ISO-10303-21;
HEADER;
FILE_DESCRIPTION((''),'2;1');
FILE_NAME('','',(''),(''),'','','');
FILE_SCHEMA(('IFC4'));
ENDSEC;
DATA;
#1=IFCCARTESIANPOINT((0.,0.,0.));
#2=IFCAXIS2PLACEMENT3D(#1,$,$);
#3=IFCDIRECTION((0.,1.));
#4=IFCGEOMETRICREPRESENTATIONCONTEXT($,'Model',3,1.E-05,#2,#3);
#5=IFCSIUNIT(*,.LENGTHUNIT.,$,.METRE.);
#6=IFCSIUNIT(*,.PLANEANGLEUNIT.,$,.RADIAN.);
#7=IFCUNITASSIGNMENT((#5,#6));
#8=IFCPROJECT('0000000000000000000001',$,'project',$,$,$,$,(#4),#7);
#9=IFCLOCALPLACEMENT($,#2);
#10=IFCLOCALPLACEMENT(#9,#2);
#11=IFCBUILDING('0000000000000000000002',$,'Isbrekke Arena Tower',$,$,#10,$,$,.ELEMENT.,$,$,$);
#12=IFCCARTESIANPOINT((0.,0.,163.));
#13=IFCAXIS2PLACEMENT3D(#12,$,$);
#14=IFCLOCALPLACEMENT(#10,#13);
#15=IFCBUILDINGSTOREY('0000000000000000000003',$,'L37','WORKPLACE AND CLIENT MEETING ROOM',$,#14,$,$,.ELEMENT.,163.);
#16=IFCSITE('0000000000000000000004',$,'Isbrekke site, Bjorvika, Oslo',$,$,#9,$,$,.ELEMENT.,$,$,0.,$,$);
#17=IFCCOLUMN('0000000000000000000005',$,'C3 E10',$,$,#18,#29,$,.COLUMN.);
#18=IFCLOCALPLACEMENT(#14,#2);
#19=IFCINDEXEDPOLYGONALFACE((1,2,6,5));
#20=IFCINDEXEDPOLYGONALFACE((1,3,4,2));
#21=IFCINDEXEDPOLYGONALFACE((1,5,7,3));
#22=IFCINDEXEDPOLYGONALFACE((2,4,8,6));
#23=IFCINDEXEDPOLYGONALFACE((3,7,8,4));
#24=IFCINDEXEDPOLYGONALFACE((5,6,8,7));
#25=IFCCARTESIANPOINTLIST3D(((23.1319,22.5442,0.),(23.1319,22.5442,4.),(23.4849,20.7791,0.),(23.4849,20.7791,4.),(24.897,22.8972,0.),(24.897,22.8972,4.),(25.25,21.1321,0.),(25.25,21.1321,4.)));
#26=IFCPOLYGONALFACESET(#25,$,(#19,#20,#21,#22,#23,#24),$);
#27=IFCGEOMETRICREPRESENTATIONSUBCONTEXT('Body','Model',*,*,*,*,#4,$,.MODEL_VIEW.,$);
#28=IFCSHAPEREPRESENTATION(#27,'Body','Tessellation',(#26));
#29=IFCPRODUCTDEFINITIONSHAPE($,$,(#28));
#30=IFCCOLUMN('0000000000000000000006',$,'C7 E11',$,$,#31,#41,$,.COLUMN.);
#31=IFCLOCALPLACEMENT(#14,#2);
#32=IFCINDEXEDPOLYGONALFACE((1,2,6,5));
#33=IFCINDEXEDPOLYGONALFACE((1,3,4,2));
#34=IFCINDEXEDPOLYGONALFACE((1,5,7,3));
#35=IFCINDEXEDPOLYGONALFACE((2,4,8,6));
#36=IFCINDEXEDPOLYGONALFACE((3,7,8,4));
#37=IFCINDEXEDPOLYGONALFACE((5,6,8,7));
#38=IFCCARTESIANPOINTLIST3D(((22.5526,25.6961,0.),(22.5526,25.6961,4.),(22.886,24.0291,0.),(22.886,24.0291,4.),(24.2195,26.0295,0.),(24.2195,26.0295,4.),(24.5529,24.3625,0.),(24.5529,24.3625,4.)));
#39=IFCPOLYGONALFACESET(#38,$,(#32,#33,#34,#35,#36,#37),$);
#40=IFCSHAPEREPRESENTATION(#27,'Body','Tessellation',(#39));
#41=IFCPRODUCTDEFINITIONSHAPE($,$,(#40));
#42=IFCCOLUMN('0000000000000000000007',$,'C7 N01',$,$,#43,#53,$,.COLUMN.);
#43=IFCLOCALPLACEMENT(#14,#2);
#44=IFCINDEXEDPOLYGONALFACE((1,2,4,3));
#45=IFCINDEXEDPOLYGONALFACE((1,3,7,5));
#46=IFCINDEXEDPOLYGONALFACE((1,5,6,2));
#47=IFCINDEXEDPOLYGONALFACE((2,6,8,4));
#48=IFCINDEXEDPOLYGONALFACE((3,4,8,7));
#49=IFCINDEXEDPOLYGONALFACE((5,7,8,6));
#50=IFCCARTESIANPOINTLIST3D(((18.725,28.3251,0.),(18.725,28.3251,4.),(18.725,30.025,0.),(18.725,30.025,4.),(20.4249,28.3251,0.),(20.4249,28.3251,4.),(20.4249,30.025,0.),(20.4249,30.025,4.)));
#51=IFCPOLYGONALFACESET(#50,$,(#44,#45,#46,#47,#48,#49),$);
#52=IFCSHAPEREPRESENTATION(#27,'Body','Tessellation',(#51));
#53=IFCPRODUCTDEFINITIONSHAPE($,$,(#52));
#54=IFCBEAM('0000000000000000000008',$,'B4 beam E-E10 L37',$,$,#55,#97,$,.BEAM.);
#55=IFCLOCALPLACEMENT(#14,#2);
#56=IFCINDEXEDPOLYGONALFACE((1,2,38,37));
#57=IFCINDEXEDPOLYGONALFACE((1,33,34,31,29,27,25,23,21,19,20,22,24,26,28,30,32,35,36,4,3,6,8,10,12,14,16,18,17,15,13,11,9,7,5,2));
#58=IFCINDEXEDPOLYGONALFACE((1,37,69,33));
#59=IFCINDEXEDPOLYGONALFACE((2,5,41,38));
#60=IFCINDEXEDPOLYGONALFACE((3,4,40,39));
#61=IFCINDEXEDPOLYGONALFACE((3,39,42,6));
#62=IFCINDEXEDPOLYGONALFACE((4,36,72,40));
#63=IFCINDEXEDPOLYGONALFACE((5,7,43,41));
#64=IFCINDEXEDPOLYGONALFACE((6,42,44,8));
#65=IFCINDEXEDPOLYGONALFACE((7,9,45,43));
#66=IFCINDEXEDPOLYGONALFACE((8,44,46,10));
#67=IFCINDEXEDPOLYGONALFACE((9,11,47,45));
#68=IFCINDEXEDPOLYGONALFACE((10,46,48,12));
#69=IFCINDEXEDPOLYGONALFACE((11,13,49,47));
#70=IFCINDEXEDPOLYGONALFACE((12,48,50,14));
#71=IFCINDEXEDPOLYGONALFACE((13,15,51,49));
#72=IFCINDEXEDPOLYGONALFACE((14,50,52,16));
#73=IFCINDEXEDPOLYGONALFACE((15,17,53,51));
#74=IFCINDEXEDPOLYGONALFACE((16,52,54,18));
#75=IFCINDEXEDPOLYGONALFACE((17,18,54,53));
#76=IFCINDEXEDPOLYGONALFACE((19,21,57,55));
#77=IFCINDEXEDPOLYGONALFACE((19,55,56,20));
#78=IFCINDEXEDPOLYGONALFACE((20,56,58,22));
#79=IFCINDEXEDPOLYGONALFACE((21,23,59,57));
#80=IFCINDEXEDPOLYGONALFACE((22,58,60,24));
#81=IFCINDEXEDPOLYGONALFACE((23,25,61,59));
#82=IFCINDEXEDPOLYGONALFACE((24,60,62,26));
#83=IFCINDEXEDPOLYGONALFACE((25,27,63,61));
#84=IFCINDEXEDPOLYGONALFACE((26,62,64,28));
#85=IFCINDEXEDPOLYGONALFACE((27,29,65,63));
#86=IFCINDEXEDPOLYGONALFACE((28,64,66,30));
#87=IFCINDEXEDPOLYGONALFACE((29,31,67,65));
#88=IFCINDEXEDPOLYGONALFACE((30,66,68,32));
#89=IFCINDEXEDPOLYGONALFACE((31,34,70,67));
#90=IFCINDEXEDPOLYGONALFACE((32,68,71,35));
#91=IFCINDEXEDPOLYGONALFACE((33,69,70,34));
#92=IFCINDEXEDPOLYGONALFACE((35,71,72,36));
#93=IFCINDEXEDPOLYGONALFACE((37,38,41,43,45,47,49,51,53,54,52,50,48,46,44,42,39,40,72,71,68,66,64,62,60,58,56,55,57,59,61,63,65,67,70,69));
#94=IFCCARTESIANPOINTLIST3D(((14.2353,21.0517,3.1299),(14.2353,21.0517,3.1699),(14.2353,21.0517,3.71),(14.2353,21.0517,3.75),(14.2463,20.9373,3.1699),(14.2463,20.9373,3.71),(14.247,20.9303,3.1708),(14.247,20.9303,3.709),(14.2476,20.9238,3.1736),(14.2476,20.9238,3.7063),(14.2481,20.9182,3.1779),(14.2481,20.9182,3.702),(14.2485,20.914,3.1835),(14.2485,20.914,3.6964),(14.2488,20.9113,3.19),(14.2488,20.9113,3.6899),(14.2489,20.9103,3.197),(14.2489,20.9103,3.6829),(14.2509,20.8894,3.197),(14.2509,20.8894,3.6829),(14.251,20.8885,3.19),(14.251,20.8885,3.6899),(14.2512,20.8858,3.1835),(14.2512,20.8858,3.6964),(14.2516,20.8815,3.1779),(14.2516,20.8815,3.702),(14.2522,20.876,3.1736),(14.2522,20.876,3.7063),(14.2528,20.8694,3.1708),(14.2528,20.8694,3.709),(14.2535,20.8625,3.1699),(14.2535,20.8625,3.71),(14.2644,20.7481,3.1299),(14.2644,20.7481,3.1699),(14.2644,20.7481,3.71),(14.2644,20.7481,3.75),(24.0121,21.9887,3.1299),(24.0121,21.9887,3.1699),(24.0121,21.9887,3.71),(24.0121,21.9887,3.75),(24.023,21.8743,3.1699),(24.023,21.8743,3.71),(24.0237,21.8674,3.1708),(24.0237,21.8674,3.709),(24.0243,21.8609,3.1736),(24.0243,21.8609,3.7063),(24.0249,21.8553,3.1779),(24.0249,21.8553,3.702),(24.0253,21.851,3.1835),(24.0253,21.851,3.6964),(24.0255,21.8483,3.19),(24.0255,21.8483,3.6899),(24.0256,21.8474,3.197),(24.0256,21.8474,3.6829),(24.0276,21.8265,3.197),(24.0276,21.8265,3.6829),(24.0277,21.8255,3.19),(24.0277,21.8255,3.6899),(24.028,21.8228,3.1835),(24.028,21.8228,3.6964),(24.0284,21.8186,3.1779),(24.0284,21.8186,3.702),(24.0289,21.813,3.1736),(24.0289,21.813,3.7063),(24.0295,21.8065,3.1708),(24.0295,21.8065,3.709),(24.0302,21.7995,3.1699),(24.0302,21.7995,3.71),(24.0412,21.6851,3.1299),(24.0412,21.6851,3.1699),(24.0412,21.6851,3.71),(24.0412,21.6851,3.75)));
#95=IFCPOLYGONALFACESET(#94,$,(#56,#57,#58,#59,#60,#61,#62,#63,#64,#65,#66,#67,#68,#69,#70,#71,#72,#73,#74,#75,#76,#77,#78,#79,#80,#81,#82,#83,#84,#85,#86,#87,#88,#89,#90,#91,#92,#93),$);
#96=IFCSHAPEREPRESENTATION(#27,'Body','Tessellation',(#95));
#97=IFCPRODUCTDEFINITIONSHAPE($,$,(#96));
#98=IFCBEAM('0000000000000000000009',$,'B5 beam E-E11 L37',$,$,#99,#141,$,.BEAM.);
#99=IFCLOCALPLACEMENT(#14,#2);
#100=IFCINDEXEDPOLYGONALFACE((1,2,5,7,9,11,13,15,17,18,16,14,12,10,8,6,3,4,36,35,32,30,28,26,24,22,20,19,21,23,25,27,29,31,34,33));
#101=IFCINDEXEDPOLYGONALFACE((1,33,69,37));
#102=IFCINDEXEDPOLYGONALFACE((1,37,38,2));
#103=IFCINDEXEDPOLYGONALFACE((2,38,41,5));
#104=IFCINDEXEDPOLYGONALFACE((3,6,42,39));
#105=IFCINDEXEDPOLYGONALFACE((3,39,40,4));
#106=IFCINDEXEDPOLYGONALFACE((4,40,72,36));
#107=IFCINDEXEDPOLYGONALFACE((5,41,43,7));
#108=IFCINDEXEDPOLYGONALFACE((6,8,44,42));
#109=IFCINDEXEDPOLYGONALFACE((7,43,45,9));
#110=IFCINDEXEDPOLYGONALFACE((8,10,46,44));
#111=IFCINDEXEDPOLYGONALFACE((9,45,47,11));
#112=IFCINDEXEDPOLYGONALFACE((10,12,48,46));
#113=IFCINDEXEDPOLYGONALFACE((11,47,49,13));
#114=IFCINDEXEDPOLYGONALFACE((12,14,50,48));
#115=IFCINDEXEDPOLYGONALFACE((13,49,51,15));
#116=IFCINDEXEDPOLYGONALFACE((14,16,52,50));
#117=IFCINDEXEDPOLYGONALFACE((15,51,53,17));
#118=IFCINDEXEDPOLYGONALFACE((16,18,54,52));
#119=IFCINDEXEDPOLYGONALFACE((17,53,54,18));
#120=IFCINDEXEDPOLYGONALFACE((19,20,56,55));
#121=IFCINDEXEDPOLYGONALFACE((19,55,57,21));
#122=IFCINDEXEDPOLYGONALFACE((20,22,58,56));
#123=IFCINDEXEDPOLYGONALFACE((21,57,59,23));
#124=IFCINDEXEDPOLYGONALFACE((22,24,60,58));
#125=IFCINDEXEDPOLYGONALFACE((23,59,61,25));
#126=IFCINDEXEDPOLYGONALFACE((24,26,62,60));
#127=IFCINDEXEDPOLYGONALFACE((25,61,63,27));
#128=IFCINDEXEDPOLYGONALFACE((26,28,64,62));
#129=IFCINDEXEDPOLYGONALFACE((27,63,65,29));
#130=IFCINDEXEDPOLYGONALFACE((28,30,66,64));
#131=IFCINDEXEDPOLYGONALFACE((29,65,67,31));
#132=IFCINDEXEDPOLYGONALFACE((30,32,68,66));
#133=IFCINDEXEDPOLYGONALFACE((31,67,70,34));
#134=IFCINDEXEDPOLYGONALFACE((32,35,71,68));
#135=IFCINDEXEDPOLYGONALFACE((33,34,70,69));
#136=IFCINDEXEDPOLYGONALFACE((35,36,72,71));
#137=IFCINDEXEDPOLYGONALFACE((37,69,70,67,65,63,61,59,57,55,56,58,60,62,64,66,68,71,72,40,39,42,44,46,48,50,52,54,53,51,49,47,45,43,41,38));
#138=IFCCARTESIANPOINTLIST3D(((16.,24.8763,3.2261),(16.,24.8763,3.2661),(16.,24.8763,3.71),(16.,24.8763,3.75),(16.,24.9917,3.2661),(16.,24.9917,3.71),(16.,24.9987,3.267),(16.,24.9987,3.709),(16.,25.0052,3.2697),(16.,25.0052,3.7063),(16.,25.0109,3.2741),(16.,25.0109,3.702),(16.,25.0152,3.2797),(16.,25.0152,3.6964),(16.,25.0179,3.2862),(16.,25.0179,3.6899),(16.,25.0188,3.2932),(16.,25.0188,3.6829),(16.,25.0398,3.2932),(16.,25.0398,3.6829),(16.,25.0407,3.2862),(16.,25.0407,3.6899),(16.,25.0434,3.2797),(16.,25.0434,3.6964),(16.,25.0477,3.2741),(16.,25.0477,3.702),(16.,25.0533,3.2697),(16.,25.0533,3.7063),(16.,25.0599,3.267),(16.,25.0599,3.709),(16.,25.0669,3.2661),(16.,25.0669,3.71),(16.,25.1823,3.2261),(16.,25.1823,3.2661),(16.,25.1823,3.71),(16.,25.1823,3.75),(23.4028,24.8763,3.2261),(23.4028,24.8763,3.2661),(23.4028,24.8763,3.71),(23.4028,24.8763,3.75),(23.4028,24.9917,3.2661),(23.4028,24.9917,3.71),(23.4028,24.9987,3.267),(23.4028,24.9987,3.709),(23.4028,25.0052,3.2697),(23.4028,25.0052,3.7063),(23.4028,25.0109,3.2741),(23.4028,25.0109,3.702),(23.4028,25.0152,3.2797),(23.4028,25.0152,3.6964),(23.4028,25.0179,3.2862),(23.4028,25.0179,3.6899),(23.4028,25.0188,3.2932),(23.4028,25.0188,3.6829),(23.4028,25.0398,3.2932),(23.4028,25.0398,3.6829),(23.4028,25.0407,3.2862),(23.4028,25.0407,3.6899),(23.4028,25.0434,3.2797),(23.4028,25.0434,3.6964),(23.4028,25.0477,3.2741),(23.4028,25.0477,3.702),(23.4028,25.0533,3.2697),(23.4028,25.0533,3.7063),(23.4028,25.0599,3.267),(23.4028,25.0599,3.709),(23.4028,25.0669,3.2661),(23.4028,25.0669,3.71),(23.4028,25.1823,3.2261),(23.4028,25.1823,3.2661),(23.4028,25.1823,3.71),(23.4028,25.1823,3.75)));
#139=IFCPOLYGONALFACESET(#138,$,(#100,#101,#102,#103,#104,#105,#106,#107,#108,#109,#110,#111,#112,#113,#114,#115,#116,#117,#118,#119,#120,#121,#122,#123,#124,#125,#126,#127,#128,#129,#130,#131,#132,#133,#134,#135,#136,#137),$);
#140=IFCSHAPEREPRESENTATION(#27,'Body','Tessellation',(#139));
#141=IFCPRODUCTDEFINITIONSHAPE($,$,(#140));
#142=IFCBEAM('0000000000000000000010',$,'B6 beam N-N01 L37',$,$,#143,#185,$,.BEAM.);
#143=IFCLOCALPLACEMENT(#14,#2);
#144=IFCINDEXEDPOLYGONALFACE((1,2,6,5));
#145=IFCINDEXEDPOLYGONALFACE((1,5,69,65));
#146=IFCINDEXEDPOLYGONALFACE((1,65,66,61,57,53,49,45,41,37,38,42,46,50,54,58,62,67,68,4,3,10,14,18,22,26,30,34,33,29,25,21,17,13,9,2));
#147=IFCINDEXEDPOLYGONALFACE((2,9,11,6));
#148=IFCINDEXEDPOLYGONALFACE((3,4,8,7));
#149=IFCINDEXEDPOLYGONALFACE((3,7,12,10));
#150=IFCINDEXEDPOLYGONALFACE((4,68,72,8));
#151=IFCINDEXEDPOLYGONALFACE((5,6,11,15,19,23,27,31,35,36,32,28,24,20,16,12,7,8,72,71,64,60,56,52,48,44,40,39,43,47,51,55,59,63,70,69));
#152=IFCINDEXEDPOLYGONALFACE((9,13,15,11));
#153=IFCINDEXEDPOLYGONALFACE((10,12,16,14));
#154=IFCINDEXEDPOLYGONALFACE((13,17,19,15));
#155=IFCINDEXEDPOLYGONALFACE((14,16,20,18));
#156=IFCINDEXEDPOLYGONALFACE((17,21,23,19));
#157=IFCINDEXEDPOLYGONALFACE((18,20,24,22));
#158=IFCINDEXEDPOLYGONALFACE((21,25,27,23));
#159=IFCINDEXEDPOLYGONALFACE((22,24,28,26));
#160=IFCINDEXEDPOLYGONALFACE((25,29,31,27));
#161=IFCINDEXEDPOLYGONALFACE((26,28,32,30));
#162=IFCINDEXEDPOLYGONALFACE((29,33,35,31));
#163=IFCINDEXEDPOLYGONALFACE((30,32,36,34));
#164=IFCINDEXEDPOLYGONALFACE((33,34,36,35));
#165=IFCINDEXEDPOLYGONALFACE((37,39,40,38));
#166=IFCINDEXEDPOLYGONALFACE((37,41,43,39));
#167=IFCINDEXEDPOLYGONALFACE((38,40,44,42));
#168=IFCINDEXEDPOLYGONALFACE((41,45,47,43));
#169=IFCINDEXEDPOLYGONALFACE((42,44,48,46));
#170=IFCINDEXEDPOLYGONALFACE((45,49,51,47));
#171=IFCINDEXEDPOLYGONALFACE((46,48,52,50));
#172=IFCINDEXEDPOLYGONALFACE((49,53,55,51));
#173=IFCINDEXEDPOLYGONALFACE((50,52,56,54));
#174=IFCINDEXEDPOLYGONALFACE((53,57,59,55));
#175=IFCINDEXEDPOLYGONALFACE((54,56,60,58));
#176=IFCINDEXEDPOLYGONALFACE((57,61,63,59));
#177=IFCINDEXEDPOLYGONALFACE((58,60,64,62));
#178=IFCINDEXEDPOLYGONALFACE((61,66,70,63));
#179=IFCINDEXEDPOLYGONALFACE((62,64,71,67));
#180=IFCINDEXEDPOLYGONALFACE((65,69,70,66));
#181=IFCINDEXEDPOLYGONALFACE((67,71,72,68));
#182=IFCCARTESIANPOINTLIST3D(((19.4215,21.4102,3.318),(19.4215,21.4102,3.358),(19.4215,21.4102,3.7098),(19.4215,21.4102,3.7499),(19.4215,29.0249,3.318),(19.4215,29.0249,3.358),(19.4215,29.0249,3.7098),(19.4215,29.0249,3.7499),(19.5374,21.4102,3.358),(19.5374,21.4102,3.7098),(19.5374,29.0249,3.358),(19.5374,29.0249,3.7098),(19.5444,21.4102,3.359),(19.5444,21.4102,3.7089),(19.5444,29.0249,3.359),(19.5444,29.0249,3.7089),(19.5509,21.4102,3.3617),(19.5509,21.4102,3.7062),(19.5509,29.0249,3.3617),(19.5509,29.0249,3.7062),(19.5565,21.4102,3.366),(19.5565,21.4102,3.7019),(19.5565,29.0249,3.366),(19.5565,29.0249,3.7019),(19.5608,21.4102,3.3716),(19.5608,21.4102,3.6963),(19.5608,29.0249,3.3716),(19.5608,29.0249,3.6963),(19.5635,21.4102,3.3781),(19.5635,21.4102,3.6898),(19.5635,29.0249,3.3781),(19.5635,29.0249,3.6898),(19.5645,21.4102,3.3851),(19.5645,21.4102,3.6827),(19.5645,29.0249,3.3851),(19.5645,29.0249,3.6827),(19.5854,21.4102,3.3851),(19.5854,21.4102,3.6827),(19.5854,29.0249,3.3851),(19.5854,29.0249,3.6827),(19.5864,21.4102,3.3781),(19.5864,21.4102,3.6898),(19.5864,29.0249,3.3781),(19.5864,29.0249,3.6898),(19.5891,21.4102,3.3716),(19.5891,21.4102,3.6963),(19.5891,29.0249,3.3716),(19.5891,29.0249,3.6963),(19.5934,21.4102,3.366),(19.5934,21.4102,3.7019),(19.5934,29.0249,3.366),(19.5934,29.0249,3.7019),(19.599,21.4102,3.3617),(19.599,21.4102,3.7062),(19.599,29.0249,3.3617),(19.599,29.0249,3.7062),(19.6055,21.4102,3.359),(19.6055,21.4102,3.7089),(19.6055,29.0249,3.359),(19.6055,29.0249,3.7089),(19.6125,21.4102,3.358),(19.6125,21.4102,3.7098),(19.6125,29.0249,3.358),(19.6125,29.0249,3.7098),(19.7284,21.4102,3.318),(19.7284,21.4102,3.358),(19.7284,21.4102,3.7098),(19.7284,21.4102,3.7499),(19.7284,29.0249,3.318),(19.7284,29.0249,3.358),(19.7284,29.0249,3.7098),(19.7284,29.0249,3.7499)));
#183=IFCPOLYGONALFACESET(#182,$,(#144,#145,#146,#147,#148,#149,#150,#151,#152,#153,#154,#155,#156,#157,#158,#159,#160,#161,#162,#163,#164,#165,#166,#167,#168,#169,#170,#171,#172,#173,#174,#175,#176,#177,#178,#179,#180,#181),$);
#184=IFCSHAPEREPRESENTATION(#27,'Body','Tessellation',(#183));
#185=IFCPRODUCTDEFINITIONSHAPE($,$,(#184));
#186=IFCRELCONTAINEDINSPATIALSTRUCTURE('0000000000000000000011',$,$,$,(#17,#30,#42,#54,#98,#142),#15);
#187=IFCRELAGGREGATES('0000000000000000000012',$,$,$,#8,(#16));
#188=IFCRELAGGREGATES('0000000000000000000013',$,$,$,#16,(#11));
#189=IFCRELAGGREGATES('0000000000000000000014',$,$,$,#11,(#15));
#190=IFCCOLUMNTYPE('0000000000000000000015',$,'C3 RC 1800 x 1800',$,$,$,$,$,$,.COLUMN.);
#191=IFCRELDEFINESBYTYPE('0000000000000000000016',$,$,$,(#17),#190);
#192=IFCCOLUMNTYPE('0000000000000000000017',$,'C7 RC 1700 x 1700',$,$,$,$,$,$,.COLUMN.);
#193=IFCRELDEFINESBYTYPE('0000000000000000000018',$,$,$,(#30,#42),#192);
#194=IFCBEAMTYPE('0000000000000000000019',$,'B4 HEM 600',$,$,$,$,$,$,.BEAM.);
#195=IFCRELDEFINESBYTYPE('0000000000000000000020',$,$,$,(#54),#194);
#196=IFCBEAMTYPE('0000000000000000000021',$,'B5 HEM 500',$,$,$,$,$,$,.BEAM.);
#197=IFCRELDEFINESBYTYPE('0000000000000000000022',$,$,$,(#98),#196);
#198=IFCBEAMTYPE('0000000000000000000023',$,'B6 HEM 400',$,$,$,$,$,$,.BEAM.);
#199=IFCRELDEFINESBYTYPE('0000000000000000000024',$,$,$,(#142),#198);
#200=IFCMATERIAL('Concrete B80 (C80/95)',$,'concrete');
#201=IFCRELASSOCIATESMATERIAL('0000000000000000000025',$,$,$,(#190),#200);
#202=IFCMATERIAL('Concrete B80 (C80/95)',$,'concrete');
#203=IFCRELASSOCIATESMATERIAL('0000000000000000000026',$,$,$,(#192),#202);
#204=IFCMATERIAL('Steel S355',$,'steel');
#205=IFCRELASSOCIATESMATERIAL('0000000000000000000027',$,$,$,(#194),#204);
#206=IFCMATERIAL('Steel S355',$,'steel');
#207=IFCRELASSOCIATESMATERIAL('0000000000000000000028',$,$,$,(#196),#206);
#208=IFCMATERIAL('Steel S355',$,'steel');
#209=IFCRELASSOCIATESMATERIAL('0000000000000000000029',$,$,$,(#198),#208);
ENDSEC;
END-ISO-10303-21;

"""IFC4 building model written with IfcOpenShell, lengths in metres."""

from ifc_helpers import new_model, si_unit, direction, frame, origin, origin_2d, place, context, subcontext, project, spatial, rectangle, i_section, extrude, material, material_profile, profile_set, type_object, element, save


model = new_model("IFC4")

# Units and contexts
model_context = context("Model", 3, precision=1e-05, world=origin(), true_north=direction((0.0, 1.0)))
body_context = subcontext(model_context, "Body", "Model", "MODEL_VIEW")
ifc_project = project(units=[si_unit("LENGTHUNIT", "METRE"), si_unit("PLANEANGLEUNIT", "RADIAN")], contexts=[model_context])

# Site, building, storey
site_placement = place(None, origin())
site = spatial("IfcSite", under=ifc_project, at=site_placement, Name="Isbrekke site, Bjorvika, Oslo", CompositionType="ELEMENT", RefElevation=0.0)
building_placement = place(site_placement, origin())
building = spatial("IfcBuilding", under=site, at=building_placement, Name="Isbrekke Arena Tower", CompositionType="ELEMENT")
storey_placement = place(building_placement, frame((0.0, 0.0, 163.0)))
storey = spatial("IfcBuildingStorey", under=building, at=storey_placement, Name="L37", Description="WORKPLACE AND CLIENT MEETING ROOM", CompositionType="ELEMENT", Elevation=163.0)

# Columns
ifc_material_1 = material(Name="Concrete B80 (C80/95)", Category="concrete")
ifc_material_profile_1 = material_profile(ifc_material_1, rectangle(XDim=1.8, YDim=1.8, at=origin_2d()), Name="RC 1800x1800")
ifc_profile_set_1 = profile_set([ifc_material_profile_1], Name="Concrete B80 (C80/95)")
column_type_1 = type_object("IfcColumnType", Name="C3 RC 1800 x 1800", PredefinedType="COLUMN", material=ifc_profile_set_1)
column_placement = place(storey_placement, frame((24.1909, 21.8381, 0.0), z_axis=(0.0, 0.0, 1.0), x_axis=(-0.196116, 0.980581, 0.0)))
element("IfcColumn", 1, at=column_placement, inside=storey, type_object=column_type_1, Name="C3 E10", PredefinedType="COLUMN", context=body_context, shape_type="SweptSolid", body=[
    extrude(rectangle(XDim=1.8, YDim=1.8, at=origin_2d()), origin(), (0.0, 0.0, 1.0), 4.0),
])
ifc_material_2 = material(Name="Concrete B80 (C80/95)", Category="concrete")
ifc_material_profile_2 = material_profile(ifc_material_2, rectangle(XDim=1.7, YDim=1.7, at=origin_2d()), Name="RC 1700x1700")
ifc_profile_set_2 = profile_set([ifc_material_profile_2], Name="Concrete B80 (C80/95)")
column_type_2 = type_object("IfcColumnType", Name="C7 RC 1700 x 1700", PredefinedType="COLUMN", material=ifc_profile_set_2)
for number, where, z_axis, x_axis, name in (
    (2, (23.5527, 25.0293, 0.0), (0.0, 0.0, 1.0), (-0.196116, 0.980581, 0.0), "C7 E11"),
    (3, (19.575, 29.175, 0.0), (0.0, 0.0, 1.0), (-1.0, 0.0, 0.0), "C7 N01"),
):
    element("IfcColumn", number, at=place(storey_placement, frame(where, z_axis=z_axis, x_axis=x_axis)), inside=storey, type_object=column_type_2, Name=name, PredefinedType="COLUMN", context=body_context, shape_type="SweptSolid", body=[
        extrude(rectangle(XDim=1.7, YDim=1.7, at=origin_2d()), origin(), (0.0, 0.0, 1.0), 4.0),
    ])

# Beams
ifc_material_3 = material(Name="Steel S355", Category="steel")
ifc_material_profile_3 = material_profile(ifc_material_3, i_section(OverallWidth=0.3049, OverallDepth=0.6201, WebThickness=0.021, FlangeThickness=0.04, FilletRadius=0.0271, at=origin_2d()), Name="HEM 600")
ifc_profile_set_3 = profile_set([ifc_material_profile_3], Name="Steel S355")
beam_type_1 = type_object("IfcBeamType", Name="B4 HEM 600", PredefinedType="BEAM", material=ifc_profile_set_3)
beam_1_placement = place(storey_placement, frame((24.0266, 21.8369, 3.4399), z_axis=(-0.995439, -0.095405, 0.0), x_axis=(0.095405, -0.995439, 0.0)))
element("IfcBeam", 4, at=beam_1_placement, inside=storey, type_object=beam_type_1, Name="B4 beam E-E10 L37", PredefinedType="BEAM", context=body_context, shape_type="SweptSolid", body=[
    extrude(i_section(OverallWidth=0.3049, OverallDepth=0.6201, WebThickness=0.021, FlangeThickness=0.04, FilletRadius=0.0271, at=origin_2d()), origin(), (0.0, 0.0, 1.0), 9.8215),
])
ifc_material_4 = material(Name="Steel S355", Category="steel")
ifc_material_profile_4 = material_profile(ifc_material_4, i_section(OverallWidth=0.3059, OverallDepth=0.5239, WebThickness=0.021, FlangeThickness=0.04, FilletRadius=0.0271, at=origin_2d()), Name="HEM 500")
ifc_profile_set_4 = profile_set([ifc_material_profile_4], Name="Steel S355")
beam_type_2 = type_object("IfcBeamType", Name="B5 HEM 500", PredefinedType="BEAM", material=ifc_profile_set_4)
beam_2_placement = place(storey_placement, frame((23.4028, 25.0293, 3.488), z_axis=(-1.0, 0.0, 0.0), x_axis=(0.0, -1.0, 0.0)))
element("IfcBeam", 5, at=beam_2_placement, inside=storey, type_object=beam_type_2, Name="B5 beam E-E11 L37", PredefinedType="BEAM", context=body_context, shape_type="SweptSolid", body=[
    extrude(i_section(OverallWidth=0.3059, OverallDepth=0.5239, WebThickness=0.021, FlangeThickness=0.04, FilletRadius=0.0271, at=origin_2d()), origin(), (0.0, 0.0, 1.0), 7.4028),
])
ifc_material_5 = material(Name="Steel S355", Category="steel")
ifc_material_profile_5 = material_profile(ifc_material_5, i_section(OverallWidth=0.3069, OverallDepth=0.4319, WebThickness=0.021, FlangeThickness=0.04, FilletRadius=0.0271, at=origin_2d()), Name="HEM 400")
ifc_profile_set_5 = profile_set([ifc_material_profile_5], Name="Steel S355")
beam_type_3 = type_object("IfcBeamType", Name="B6 HEM 400", PredefinedType="BEAM", material=ifc_profile_set_5)
beam_3_placement = place(storey_placement, frame((19.575, 29.0249, 3.5339), z_axis=(0.0, -1.0, 0.0), x_axis=(1.0, 0.0, 0.0)))
element("IfcBeam", 6, at=beam_3_placement, inside=storey, type_object=beam_type_3, Name="B6 beam N-N01 L37", PredefinedType="BEAM", context=body_context, shape_type="SweptSolid", body=[
    extrude(i_section(OverallWidth=0.3069, OverallDepth=0.4319, WebThickness=0.021, FlangeThickness=0.04, FilletRadius=0.0271, at=origin_2d()), origin(), (0.0, 0.0, 1.0), 7.6147),
])

save(model, "model.ifc")
